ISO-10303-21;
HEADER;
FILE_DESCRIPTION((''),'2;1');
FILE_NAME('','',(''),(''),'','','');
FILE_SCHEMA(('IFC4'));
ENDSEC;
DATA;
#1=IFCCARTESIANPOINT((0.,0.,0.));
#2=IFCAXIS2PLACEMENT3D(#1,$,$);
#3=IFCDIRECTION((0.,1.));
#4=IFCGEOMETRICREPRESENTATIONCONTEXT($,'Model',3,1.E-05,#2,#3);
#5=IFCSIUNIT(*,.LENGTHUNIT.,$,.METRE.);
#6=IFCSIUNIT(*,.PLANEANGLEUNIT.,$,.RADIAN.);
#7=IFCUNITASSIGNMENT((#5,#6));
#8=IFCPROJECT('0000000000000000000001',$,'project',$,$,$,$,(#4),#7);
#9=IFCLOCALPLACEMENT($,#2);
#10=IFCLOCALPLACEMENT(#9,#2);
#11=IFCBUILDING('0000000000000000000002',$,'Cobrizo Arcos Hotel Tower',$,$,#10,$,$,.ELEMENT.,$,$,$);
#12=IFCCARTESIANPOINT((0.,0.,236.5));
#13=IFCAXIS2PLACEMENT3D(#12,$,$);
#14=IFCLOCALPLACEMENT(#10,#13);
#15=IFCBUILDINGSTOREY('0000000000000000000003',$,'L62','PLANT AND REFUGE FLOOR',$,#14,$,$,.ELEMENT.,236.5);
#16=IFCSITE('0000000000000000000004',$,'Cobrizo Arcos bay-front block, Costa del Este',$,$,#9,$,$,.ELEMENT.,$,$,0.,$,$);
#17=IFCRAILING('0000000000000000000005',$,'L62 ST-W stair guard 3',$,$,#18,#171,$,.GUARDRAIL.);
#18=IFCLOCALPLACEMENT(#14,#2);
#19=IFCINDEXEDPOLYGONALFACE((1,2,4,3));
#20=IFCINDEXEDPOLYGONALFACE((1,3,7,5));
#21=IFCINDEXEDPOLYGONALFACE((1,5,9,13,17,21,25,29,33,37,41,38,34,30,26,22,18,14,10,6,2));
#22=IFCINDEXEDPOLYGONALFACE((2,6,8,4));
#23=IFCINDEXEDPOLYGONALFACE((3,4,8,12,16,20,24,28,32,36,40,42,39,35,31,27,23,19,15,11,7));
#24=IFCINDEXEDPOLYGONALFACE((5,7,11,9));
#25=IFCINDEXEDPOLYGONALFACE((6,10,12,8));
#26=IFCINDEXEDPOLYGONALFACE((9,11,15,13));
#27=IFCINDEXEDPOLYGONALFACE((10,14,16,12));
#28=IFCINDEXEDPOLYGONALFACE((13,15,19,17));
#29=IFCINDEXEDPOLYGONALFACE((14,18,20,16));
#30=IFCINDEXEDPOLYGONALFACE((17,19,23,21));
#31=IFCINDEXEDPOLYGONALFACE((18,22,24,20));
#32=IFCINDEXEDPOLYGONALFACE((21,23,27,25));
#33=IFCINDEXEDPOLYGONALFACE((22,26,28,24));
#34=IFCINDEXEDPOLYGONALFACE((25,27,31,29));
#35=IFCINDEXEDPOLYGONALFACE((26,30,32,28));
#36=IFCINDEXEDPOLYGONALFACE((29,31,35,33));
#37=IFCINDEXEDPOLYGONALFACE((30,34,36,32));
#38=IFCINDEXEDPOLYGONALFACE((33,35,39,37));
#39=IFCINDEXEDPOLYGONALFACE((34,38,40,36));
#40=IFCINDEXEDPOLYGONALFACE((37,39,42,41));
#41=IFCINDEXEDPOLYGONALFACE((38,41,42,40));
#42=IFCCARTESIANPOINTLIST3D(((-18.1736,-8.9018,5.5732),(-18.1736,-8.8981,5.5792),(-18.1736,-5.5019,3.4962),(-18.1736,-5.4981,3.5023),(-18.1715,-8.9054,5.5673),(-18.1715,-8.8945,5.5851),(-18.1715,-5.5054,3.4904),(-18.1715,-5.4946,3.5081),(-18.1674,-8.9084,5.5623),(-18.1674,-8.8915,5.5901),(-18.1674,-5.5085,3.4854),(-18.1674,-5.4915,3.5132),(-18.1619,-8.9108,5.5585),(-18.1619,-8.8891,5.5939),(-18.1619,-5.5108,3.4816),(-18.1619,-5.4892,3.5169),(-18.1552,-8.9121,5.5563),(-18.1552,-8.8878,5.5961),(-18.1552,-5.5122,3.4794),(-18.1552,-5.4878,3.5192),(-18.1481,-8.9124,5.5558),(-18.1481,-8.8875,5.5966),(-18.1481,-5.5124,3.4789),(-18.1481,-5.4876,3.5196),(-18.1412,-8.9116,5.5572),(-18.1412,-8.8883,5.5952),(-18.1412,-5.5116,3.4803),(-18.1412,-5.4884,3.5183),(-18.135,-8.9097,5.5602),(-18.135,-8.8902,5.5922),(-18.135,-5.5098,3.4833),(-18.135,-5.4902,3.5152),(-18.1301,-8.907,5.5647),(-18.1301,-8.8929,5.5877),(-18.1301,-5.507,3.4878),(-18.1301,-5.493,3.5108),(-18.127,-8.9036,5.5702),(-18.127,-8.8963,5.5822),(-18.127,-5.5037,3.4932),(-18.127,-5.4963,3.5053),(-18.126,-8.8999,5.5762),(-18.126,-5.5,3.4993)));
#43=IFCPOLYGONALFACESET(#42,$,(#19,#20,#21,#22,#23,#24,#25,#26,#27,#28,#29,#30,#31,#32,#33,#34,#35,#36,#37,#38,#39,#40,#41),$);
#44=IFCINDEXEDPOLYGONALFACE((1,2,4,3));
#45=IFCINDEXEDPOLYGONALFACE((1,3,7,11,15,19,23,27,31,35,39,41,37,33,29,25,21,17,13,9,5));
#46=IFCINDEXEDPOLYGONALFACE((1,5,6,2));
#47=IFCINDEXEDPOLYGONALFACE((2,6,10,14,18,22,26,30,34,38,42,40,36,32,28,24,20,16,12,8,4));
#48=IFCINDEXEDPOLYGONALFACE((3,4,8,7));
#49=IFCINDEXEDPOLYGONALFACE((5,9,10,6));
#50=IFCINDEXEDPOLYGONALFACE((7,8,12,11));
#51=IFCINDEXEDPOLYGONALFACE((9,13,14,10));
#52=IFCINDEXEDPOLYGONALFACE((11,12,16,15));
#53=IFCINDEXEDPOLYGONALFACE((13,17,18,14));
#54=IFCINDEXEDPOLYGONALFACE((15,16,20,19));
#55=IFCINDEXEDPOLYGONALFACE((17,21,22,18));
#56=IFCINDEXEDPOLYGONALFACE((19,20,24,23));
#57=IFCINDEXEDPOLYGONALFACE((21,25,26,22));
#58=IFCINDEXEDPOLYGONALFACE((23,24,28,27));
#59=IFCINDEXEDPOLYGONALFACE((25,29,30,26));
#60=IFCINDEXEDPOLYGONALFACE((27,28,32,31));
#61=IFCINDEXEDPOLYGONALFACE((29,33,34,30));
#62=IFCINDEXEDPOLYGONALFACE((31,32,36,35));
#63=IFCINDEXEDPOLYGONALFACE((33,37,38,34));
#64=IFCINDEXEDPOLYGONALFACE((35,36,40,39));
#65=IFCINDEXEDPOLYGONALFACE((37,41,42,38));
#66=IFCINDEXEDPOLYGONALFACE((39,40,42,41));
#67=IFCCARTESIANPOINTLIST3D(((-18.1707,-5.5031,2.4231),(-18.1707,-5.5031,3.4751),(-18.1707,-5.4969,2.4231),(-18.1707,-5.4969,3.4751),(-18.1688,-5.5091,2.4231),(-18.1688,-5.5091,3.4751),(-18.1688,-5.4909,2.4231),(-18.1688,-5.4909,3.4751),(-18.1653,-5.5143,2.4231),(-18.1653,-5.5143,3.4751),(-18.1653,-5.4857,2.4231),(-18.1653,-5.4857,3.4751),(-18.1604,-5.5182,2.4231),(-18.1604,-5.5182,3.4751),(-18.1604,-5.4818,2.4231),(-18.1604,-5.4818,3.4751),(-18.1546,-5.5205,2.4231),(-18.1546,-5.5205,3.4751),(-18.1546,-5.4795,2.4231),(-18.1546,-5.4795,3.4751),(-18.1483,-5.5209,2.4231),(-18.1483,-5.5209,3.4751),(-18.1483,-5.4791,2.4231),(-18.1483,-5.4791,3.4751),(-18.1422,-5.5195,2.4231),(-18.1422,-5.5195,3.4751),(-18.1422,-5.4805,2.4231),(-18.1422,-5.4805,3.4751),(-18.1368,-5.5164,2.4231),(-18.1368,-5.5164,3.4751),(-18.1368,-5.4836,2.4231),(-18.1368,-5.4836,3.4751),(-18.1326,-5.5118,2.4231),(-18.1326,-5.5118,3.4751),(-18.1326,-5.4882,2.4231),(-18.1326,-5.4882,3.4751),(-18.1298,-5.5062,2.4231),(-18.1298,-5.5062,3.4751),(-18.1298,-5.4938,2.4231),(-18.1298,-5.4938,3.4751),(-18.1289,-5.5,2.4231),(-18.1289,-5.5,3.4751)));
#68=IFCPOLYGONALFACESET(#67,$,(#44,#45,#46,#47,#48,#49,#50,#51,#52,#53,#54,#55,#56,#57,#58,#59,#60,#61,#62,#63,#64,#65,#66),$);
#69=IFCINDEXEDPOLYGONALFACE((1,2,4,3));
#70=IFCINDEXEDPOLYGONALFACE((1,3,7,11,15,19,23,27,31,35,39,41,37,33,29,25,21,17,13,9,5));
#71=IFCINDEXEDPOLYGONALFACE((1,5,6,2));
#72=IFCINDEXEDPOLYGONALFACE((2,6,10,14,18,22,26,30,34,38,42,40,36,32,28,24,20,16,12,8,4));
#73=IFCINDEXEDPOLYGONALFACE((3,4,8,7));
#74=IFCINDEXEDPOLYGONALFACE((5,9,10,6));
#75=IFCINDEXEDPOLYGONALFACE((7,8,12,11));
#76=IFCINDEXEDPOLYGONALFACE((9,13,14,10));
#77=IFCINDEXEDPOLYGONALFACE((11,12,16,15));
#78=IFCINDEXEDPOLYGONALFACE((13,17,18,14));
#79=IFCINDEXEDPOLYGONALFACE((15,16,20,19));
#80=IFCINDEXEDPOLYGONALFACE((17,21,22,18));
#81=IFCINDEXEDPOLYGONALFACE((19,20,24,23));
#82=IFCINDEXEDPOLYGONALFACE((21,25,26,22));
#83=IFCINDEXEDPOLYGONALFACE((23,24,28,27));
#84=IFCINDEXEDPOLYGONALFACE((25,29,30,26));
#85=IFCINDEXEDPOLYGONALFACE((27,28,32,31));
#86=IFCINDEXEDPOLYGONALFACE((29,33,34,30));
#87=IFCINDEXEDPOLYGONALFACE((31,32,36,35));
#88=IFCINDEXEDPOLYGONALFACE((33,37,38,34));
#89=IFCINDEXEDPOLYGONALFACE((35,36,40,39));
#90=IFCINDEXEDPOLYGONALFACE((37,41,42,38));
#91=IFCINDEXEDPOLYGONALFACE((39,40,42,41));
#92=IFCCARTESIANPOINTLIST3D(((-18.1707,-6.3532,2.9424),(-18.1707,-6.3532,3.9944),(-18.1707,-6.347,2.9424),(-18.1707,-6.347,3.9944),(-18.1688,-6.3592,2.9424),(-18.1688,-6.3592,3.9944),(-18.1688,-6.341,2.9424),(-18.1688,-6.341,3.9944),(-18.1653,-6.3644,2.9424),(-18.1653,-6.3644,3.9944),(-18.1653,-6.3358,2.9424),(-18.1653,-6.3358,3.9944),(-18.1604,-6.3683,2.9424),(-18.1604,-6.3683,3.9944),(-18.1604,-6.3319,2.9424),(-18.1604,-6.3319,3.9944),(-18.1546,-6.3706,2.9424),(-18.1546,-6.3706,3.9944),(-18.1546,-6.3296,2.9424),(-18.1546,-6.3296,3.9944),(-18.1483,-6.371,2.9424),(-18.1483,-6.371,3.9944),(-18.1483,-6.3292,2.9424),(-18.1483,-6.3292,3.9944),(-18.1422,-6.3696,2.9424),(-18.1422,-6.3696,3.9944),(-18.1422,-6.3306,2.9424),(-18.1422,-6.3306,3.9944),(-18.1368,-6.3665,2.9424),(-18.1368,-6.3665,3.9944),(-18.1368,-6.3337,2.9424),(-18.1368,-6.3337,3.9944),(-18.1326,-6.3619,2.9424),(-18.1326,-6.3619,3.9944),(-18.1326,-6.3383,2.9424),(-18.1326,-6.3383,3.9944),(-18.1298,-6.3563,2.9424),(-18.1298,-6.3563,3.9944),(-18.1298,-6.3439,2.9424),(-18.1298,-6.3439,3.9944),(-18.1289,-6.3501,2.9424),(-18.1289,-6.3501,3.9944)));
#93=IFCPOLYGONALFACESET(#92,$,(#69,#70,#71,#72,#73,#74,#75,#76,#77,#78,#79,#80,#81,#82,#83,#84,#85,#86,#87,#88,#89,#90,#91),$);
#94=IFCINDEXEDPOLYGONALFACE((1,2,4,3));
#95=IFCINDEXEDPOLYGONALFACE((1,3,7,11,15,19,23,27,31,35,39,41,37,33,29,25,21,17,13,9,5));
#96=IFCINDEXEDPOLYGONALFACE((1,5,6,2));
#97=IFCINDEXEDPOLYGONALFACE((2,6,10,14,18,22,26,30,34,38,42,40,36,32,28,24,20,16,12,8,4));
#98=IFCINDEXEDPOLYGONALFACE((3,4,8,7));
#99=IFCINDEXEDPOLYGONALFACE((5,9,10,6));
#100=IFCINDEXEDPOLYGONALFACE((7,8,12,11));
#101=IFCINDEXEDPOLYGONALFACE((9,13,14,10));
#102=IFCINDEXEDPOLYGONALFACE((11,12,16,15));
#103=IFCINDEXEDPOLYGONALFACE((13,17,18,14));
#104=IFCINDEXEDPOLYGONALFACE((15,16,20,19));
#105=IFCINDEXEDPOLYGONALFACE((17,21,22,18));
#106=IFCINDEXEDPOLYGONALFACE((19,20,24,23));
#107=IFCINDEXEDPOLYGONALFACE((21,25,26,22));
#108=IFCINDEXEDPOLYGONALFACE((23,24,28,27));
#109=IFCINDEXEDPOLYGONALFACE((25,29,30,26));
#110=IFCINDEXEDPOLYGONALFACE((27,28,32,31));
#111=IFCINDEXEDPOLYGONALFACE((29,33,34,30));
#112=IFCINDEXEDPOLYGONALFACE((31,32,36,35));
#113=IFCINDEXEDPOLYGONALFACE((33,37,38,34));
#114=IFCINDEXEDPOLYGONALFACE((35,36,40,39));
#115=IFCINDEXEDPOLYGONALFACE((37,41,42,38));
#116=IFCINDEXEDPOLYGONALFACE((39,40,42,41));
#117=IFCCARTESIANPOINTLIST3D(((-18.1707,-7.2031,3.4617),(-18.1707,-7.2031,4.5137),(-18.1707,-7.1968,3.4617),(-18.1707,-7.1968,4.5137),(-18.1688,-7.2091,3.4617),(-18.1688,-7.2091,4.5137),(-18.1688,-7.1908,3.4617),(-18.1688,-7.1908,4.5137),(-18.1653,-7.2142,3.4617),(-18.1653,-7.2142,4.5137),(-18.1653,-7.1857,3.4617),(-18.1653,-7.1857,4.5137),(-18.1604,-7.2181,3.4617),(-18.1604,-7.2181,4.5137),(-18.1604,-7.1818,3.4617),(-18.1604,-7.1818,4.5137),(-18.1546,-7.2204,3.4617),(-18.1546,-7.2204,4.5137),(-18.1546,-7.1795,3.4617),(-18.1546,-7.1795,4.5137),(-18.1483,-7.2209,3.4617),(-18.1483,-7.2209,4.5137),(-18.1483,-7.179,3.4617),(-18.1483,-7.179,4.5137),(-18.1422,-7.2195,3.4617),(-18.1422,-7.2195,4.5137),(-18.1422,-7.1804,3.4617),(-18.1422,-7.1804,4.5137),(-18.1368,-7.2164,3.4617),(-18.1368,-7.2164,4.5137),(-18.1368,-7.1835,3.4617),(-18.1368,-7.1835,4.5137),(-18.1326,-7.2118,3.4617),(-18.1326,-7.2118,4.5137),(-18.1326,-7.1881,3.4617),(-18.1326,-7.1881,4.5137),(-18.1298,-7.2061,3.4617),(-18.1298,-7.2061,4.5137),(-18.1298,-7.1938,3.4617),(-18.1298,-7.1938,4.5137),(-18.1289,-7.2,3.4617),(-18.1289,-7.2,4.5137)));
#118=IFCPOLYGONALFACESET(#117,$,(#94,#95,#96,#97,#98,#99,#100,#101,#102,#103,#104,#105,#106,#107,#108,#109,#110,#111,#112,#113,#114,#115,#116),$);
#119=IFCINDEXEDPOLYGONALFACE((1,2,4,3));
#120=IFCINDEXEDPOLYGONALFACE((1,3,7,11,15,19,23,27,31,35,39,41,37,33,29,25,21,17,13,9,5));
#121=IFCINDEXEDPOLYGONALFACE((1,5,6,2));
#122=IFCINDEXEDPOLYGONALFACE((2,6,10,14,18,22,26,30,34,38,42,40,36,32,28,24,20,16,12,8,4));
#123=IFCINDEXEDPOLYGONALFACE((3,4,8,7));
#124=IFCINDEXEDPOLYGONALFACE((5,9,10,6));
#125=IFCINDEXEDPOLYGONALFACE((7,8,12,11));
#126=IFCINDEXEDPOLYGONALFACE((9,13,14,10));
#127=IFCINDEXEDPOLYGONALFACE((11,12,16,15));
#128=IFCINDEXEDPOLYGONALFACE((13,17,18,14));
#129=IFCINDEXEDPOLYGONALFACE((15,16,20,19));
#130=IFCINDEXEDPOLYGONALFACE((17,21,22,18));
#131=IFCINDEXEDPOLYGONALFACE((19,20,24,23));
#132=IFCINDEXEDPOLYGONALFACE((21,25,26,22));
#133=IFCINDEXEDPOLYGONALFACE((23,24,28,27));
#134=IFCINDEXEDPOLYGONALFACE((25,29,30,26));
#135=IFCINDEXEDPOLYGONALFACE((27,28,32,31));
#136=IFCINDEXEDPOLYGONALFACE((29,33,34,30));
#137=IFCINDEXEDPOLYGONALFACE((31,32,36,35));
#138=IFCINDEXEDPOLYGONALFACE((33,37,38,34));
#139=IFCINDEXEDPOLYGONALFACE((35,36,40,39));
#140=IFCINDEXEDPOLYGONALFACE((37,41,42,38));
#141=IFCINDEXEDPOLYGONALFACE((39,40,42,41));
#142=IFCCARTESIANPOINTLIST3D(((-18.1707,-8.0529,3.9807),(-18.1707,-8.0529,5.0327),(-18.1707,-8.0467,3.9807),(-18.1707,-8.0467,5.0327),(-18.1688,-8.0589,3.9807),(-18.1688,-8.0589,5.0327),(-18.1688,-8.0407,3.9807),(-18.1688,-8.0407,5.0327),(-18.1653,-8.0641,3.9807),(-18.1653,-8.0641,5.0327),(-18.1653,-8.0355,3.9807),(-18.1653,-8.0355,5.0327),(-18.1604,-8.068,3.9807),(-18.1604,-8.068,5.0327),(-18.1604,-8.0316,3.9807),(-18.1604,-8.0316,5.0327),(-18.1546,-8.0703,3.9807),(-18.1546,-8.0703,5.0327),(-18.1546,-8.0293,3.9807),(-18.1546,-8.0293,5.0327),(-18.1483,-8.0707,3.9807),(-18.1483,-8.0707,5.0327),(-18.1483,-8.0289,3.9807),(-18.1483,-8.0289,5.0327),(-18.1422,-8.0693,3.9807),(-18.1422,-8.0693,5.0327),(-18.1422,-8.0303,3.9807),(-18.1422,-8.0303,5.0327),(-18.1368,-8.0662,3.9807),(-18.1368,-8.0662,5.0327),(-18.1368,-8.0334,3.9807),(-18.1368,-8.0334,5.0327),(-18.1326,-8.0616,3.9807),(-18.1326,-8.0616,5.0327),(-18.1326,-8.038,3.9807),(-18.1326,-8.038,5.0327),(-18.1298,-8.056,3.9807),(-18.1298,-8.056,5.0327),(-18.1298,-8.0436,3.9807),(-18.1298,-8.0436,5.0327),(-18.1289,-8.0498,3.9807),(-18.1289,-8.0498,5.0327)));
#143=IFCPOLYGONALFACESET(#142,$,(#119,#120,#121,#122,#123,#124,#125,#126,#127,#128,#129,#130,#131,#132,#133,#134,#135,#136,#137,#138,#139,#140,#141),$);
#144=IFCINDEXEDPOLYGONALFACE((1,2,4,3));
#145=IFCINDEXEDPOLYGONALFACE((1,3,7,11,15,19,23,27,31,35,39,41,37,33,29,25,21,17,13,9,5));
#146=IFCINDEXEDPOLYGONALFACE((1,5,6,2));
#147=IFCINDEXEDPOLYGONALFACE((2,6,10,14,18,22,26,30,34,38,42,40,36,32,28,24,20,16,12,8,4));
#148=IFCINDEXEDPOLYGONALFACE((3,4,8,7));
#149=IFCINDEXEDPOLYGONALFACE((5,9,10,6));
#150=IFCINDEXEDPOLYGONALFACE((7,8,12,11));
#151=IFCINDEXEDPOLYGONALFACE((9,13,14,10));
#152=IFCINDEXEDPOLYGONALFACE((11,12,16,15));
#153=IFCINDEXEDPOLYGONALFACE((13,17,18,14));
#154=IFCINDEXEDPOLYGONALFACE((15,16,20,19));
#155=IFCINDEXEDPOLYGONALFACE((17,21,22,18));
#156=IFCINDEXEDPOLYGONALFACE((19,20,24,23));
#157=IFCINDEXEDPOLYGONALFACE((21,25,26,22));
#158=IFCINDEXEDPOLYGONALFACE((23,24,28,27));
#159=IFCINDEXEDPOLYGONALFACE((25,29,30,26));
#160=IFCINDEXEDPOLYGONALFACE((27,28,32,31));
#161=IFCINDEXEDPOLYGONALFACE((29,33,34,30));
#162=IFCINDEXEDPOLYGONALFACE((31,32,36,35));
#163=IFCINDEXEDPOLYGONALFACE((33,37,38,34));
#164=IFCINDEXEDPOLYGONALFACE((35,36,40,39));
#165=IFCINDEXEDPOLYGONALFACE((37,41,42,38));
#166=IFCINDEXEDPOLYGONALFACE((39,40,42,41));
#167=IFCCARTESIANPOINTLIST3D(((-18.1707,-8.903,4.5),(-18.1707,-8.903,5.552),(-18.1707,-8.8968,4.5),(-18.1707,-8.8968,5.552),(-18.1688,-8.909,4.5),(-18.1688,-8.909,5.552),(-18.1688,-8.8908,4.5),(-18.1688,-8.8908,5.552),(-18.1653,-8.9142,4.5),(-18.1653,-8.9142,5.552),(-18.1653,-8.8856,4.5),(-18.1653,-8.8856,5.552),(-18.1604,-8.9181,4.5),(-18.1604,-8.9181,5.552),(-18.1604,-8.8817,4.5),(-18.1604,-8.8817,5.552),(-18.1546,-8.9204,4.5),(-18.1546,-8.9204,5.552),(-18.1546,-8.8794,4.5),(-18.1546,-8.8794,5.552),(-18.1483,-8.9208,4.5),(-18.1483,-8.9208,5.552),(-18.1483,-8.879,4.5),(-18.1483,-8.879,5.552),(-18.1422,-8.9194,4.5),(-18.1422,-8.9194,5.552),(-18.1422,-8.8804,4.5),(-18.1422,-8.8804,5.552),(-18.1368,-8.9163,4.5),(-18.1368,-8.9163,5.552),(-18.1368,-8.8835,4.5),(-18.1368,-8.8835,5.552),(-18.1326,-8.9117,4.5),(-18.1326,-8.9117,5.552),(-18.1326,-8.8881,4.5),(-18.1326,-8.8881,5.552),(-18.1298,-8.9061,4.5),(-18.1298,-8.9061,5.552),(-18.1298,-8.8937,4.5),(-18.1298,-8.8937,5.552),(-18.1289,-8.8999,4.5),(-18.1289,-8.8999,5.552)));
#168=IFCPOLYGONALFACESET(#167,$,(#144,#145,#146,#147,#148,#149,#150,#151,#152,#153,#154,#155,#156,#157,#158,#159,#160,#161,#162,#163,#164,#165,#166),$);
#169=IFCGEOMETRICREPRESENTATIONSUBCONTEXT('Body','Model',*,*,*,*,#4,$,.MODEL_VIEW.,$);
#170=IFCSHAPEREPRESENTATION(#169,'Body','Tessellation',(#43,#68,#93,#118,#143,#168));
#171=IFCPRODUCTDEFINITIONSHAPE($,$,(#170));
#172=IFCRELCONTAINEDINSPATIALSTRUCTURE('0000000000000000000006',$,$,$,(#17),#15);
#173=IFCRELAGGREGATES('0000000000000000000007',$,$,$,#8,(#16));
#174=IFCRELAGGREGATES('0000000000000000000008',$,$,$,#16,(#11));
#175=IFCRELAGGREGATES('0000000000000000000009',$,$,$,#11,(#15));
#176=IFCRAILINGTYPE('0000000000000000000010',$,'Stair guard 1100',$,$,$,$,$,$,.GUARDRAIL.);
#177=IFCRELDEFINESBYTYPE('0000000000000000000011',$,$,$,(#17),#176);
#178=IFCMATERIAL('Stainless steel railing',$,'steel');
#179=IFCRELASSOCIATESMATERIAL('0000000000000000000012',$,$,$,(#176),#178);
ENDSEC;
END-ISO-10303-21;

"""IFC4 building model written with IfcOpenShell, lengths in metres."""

from ifc_helpers import new_model, si_unit, direction, frame, origin, origin_2d, place, context, subcontext, project, spatial, circle, extrude, material, type_object, element, save


model = new_model("IFC4")

# Units and contexts
model_context = context("Model", 3, precision=1e-05, world=origin(), true_north=direction((0.0, 1.0)))
body_context = subcontext(model_context, "Body", "Model", "MODEL_VIEW")
ifc_project = project(units=[si_unit("LENGTHUNIT", "METRE"), si_unit("PLANEANGLEUNIT", "RADIAN")], contexts=[model_context])

# Site, building, storey
site_placement = place(None, origin())
site = spatial("IfcSite", under=ifc_project, at=site_placement, Name="Cobrizo Arcos bay-front block, Costa del Este", CompositionType="ELEMENT", RefElevation=0.0)
building_placement = place(site_placement, origin())
building = spatial("IfcBuilding", under=site, at=building_placement, Name="Cobrizo Arcos Hotel Tower", CompositionType="ELEMENT")
storey_placement = place(building_placement, frame((0.0, 0.0, 236.5)))
storey = spatial("IfcBuildingStorey", under=building, at=storey_placement, Name="L62", Description="PLANT AND REFUGE FLOOR", CompositionType="ELEMENT", Elevation=236.5)

# Railing
ifc_material_1 = material(Name="Stainless steel railing", Category="steel")
railing_type_1 = type_object("IfcRailingType", Name="Stair guard 1100", PredefinedType="GUARDRAIL", material=ifc_material_1)
railing_1_placement = place(storey_placement, frame((-18.1499, -5.5, 2.4231)))
element("IfcRailing", 1, at=railing_1_placement, inside=storey, type_object=railing_type_1, Name="L62 ST-W stair guard 3", PredefinedType="GUARDRAIL", context=body_context, shape_type="SweptSolid", body=[
    extrude(circle(Radius=0.0239, at=origin_2d()), frame((0.0, 0.0, 1.0762), z_axis=(0.0, -0.853373, 0.521301), x_axis=(1.0, 0.0, 0.0)), (0.0, 0.0, 1.0), 3.9841),
    extrude(circle(Radius=0.021, at=origin_2d()), origin(), (0.0, 0.0, 1.0), 1.052),
    extrude(circle(Radius=0.021, at=origin_2d()), frame((0.0, -0.8501, 0.5193)), (0.0, 0.0, 1.0), 1.052),
    extrude(circle(Radius=0.021, at=origin_2d()), frame((0.0, -1.7, 1.0386)), (0.0, 0.0, 1.0), 1.052),
    extrude(circle(Radius=0.021, at=origin_2d()), frame((0.0, -2.5498, 1.5576)), (0.0, 0.0, 1.0), 1.052),
    extrude(circle(Radius=0.021, at=origin_2d()), frame((0.0, -3.3999, 2.0769)), (0.0, 0.0, 1.0), 1.052),
])

save(model, "model.ifc")
